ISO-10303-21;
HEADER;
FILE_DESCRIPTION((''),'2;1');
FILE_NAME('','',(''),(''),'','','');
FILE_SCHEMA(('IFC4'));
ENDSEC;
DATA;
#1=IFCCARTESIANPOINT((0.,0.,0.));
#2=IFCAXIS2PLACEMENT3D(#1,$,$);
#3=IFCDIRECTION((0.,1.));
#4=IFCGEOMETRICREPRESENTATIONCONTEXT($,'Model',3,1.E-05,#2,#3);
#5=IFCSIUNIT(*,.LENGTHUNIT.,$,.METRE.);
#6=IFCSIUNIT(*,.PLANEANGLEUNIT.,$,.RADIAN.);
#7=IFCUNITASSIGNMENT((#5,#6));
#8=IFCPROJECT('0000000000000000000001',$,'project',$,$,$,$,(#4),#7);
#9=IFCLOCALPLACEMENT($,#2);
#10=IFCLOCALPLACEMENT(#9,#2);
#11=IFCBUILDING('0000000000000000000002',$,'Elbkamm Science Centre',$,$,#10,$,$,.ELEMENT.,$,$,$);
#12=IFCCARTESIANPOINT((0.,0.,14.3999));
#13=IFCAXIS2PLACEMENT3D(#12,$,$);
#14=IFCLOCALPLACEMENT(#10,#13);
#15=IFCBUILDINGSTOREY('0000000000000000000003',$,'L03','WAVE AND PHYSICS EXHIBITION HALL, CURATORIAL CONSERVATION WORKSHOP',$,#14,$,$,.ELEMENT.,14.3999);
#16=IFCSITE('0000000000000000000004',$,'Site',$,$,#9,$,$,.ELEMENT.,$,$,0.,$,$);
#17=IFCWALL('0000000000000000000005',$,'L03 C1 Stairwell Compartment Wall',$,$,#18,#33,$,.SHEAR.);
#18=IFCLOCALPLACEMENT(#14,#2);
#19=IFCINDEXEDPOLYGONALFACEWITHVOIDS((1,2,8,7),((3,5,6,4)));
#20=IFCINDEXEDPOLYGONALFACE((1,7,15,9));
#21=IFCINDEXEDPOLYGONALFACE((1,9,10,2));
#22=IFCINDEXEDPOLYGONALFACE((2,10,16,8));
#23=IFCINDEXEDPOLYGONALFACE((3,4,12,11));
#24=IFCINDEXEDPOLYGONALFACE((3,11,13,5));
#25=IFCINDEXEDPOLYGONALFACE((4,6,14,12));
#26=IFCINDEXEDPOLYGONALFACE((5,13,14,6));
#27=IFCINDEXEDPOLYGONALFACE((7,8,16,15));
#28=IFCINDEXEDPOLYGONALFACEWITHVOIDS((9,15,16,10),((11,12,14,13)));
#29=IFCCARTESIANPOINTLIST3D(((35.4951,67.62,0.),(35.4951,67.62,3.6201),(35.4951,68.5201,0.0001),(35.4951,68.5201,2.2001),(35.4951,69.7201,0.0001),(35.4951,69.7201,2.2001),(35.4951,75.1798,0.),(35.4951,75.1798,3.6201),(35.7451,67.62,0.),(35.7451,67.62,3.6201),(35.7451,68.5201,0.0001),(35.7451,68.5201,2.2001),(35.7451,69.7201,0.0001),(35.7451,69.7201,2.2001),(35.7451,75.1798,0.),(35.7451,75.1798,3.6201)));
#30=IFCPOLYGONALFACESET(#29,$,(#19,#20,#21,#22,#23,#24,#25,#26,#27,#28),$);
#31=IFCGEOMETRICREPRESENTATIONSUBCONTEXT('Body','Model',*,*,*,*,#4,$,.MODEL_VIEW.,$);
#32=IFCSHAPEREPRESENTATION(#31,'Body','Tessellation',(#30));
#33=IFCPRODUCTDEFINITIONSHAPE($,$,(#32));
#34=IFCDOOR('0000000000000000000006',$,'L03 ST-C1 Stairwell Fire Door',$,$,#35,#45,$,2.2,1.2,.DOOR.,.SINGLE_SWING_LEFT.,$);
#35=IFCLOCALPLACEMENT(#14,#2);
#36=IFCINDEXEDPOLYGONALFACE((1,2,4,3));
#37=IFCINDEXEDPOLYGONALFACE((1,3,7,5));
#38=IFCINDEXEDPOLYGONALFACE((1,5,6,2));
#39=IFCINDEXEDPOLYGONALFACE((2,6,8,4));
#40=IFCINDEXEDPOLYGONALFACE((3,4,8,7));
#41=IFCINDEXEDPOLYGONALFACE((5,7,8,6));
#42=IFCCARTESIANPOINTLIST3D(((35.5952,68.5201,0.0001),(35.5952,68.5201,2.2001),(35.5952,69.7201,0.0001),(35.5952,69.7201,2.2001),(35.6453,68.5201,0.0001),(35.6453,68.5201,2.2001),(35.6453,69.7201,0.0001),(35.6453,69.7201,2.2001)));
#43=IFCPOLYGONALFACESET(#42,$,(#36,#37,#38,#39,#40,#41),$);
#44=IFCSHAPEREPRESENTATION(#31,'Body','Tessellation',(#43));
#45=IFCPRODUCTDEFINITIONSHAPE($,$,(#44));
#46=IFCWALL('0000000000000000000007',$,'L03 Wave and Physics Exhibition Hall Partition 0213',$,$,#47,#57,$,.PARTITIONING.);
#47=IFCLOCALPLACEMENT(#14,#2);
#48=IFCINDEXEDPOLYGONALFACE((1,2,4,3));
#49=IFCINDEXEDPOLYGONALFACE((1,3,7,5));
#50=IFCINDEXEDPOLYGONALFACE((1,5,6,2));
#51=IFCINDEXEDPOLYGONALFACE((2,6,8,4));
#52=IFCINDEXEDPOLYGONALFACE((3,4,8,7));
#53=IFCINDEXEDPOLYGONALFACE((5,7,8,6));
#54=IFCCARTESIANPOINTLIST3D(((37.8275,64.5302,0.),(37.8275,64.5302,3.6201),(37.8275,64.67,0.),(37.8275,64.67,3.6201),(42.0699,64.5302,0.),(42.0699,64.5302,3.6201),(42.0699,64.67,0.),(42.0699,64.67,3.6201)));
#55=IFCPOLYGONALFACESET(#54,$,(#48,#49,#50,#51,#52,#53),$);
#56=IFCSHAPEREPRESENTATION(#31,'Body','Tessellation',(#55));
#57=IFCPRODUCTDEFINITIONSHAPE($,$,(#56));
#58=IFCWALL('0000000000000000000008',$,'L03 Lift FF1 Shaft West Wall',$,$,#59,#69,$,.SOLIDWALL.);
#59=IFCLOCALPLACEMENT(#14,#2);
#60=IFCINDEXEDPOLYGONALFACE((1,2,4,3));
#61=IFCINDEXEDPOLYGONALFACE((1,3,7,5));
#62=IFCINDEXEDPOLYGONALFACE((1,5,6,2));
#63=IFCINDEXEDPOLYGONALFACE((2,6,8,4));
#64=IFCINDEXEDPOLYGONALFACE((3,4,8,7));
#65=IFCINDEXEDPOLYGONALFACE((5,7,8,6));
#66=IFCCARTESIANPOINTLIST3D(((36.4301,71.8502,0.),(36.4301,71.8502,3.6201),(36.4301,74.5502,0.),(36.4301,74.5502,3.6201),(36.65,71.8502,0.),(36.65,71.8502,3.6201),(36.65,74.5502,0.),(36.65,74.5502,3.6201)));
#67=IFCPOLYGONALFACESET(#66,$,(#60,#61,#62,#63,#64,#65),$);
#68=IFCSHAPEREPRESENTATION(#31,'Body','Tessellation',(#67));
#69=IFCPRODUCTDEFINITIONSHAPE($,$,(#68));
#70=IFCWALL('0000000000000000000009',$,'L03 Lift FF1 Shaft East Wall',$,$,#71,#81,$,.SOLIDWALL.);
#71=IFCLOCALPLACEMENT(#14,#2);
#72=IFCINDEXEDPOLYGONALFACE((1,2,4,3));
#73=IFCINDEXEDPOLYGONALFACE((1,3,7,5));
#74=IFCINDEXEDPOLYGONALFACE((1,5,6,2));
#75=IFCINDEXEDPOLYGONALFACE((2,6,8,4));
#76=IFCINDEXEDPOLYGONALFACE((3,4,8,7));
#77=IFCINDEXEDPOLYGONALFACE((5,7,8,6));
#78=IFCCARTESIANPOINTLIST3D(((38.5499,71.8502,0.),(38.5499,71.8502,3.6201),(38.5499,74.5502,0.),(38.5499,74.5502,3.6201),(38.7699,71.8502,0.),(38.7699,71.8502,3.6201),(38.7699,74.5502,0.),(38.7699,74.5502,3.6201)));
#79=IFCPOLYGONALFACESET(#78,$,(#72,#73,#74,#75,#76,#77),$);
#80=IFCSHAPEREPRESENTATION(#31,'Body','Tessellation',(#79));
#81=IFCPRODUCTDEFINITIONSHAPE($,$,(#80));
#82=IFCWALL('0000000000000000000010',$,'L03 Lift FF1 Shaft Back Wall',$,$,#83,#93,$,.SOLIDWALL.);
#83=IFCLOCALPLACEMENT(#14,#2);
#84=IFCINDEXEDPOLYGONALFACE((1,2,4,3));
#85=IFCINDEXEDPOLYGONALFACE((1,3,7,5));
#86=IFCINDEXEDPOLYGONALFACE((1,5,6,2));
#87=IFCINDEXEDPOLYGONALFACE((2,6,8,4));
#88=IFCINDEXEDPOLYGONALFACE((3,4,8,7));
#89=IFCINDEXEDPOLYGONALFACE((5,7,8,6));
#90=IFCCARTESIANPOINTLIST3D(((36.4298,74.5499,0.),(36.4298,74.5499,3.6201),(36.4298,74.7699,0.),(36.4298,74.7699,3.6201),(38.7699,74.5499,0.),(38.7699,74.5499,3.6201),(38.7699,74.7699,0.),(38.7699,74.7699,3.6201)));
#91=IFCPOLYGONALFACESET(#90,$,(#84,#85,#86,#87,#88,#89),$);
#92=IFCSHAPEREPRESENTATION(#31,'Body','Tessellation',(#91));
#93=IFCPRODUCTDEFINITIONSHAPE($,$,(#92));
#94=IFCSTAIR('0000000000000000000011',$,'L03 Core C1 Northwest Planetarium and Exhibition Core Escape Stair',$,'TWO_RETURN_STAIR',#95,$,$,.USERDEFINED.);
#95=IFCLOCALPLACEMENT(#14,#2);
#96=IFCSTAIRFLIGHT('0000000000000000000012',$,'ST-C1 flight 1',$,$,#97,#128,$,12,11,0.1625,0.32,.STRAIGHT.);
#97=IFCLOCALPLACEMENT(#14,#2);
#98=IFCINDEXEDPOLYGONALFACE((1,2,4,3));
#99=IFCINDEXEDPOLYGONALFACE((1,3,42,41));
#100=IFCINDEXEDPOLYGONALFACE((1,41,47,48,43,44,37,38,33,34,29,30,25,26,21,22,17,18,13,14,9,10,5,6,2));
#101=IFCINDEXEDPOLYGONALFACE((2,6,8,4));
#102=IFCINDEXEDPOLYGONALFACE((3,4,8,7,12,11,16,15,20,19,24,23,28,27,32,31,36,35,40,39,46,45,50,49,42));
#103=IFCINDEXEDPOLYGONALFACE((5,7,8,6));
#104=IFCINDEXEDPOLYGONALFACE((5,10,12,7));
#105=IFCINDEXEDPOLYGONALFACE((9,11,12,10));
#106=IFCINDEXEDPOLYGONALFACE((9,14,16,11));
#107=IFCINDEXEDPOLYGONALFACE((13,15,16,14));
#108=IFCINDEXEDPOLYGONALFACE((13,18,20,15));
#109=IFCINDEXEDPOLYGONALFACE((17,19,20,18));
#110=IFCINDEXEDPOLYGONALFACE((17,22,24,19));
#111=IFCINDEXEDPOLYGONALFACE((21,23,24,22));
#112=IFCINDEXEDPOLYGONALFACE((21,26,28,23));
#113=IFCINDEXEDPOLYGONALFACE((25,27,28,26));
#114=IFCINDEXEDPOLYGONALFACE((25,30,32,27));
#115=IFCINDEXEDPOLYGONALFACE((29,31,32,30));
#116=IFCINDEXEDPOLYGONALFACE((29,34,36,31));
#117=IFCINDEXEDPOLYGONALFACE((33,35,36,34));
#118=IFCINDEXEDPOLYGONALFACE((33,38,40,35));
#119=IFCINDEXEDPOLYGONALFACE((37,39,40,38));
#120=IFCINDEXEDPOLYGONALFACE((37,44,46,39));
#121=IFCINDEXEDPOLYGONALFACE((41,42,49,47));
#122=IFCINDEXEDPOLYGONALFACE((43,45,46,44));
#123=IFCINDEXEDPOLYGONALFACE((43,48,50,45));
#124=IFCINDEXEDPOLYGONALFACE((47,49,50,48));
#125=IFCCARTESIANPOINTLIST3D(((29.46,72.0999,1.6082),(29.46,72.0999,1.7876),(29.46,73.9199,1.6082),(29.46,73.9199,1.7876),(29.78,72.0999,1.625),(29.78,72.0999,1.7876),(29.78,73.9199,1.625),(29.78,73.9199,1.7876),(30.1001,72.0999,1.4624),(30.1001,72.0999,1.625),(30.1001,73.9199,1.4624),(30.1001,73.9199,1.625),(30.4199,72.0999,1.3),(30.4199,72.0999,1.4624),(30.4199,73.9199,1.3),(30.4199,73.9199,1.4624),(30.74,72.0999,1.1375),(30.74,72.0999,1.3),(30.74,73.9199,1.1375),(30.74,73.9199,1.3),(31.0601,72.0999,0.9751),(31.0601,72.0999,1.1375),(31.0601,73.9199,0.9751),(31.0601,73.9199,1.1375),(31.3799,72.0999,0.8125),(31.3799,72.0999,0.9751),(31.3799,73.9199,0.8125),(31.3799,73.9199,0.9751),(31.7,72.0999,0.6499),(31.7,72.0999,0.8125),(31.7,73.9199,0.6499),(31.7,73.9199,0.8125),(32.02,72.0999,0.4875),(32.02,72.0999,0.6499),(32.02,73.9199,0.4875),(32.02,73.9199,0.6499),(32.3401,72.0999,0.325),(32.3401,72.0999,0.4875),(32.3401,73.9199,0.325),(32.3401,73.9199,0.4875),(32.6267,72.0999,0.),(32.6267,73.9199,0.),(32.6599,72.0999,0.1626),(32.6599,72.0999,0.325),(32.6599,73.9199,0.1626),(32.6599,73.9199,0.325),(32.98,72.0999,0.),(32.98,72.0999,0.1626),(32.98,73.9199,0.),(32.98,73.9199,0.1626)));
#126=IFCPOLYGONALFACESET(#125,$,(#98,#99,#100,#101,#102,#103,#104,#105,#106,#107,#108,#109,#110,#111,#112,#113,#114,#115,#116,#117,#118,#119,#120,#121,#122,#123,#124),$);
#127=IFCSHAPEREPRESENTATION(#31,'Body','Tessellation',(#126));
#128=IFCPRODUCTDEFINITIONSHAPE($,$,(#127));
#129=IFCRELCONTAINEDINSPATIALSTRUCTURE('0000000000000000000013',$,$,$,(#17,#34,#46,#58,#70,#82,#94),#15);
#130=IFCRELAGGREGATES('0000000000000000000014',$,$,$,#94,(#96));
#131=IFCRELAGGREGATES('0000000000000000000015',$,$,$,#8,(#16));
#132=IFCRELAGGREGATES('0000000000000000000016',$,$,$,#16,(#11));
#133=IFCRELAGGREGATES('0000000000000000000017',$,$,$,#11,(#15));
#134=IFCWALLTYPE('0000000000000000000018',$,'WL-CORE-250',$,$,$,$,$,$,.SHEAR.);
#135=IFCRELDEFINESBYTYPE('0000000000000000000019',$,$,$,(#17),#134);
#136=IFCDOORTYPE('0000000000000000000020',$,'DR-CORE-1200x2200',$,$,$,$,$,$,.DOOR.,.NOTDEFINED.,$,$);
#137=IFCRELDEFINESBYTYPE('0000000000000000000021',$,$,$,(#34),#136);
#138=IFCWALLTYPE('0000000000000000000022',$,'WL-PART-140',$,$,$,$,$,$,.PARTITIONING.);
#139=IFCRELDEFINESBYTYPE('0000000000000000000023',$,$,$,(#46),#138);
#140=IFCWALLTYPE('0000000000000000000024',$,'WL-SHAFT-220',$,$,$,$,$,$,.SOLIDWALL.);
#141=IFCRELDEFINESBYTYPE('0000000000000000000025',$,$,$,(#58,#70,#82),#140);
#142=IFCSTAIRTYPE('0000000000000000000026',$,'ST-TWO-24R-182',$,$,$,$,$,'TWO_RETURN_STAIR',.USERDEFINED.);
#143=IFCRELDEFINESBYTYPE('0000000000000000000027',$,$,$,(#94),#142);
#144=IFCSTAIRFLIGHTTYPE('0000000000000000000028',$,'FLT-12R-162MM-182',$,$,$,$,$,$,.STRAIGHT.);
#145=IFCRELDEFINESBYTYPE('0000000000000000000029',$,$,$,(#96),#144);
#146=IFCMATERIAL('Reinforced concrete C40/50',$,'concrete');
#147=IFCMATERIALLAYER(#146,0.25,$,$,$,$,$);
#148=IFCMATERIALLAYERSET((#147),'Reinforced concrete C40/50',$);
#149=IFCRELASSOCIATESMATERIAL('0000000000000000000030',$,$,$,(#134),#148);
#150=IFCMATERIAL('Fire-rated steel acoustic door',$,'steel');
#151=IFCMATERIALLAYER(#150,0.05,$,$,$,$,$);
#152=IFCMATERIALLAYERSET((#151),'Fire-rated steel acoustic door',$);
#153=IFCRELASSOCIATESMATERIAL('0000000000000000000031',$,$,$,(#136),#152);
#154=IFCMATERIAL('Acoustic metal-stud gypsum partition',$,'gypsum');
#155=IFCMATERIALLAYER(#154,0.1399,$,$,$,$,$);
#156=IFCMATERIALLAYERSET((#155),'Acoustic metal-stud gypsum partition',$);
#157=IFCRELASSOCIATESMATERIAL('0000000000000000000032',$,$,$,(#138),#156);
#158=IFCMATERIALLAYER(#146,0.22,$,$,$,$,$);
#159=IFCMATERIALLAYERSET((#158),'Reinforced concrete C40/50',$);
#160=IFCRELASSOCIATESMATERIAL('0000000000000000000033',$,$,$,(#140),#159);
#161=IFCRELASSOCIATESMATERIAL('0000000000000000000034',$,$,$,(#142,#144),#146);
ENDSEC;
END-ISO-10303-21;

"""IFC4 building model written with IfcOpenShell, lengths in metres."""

from ifc_helpers import new_model, si_unit, direction, frame, frame_2d, origin, place, context, subcontext, project, spatial, polyline, rectangle, outline, extrude, material, layer, layer_set, type_object, element, fill, aggregate, save


model = new_model("IFC4")

# Units and contexts
model_context = context("Model", 3, precision=1e-05, world=origin(), true_north=direction((0.0, 1.0)))
body_context = subcontext(model_context, "Body", "Model", "MODEL_VIEW")
ifc_project = project(units=[si_unit("LENGTHUNIT", "METRE"), si_unit("PLANEANGLEUNIT", "RADIAN")], contexts=[model_context])

# Site, building, storey
site_placement = place(None, origin())
site = spatial("IfcSite", under=ifc_project, at=site_placement, Name="Site", CompositionType="ELEMENT", RefElevation=0.0)
building_placement = place(site_placement, origin())
building = spatial("IfcBuilding", under=site, at=building_placement, Name="Elbkamm Science Centre", CompositionType="ELEMENT")
storey_placement = place(building_placement, frame((0.0, 0.0, 14.3999)))
storey = spatial("IfcBuildingStorey", under=building, at=storey_placement, Name="L03", Description="WAVE AND PHYSICS EXHIBITION HALL, CURATORIAL CONSERVATION WORKSHOP", CompositionType="ELEMENT", Elevation=14.3999)

# Wall, opening, door
ifc_material_1 = material(Name="Reinforced concrete C40/50", Category="concrete")
ifc_layer_1 = layer(ifc_material_1, 0.25)
ifc_layer_set_1 = layer_set([ifc_layer_1], Name="Reinforced concrete C40/50")
wall_type_1 = type_object("IfcWallType", Name="WL-CORE-250", PredefinedType="SHEAR", material=ifc_layer_set_1)
wall_1_placement = place(storey_placement, frame((35.6201, 67.6201, 0.0), z_axis=(0.0, 0.0, 1.0), x_axis=(0.0, 1.0, 0.0)))
wall_1 = element("IfcWall", 1, at=wall_1_placement, inside=storey, type_object=wall_type_1, Name="L03 C1 Stairwell Compartment Wall", PredefinedType="SHEAR", context=body_context, shape_type="SweptSolid", body=[
    extrude(rectangle(XDim=7.5598, YDim=0.25, at=frame_2d((3.7798, 0.0))), origin(), (0.0, 0.0, 1.0), 3.6201),
])
opening_1_placement = place(wall_1_placement, frame((0.8999, 0.0, 0.0)))
opening_1 = element("IfcOpeningElement", 2, at=opening_1_placement, cuts=wall_1, PredefinedType="OPENING", context=body_context, shape_type="SweptSolid", body=[
    extrude(rectangle(XDim=1.2, YDim=2.2, at=frame_2d((0.6001, 1.1001))), frame((0.0, 0.137, 0.0), z_axis=(0.0, -1.0, 0.0), x_axis=(1.0, 0.0, 0.0)), (0.0, 0.0, 1.0), 0.2739),
])
ifc_material_2 = material(Name="Fire-rated steel acoustic door", Category="steel")
ifc_layer_2 = layer(ifc_material_2, 0.05)
ifc_layer_set_2 = layer_set([ifc_layer_2], Name="Fire-rated steel acoustic door")
door_type_1 = type_object("IfcDoorType", Name="DR-CORE-1200x2200", OperationType="NOTDEFINED", PredefinedType="DOOR", material=ifc_layer_set_2)
door_1_placement = place(opening_1_placement, origin())
door_1 = element("IfcDoor", 3, at=door_1_placement, inside=storey, type_object=door_type_1, Name="L03 ST-C1 Stairwell Fire Door", OperationType="SINGLE_SWING_LEFT", OverallHeight=2.2, OverallWidth=1.2, PredefinedType="DOOR", context=body_context, shape_type="SweptSolid", body=[
    extrude(rectangle(XDim=1.2, YDim=2.2, at=frame_2d((0.6001, 1.1001))), frame((0.0, 0.0249, 0.0), z_axis=(0.0, -1.0, 0.0), x_axis=(1.0, 0.0, 0.0)), (0.0, 0.0, 1.0), 0.05),
])
fill(opening_1, door_1)

# Walls
ifc_material_3 = material(Name="Acoustic metal-stud gypsum partition", Category="gypsum")
ifc_layer_3 = layer(ifc_material_3, 0.1399)
ifc_layer_set_3 = layer_set([ifc_layer_3], Name="Acoustic metal-stud gypsum partition")
wall_type_2 = type_object("IfcWallType", Name="WL-PART-140", PredefinedType="PARTITIONING", material=ifc_layer_set_3)
wall_2_placement = place(storey_placement, frame((37.8276, 64.6001, 0.0), z_axis=(0.0, 0.0, 1.0), x_axis=(1.0, 0.0, 0.0)))
element("IfcWall", 4, at=wall_2_placement, inside=storey, type_object=wall_type_2, Name="L03 Wave and Physics Exhibition Hall Partition 0213", PredefinedType="PARTITIONING", context=body_context, shape_type="SweptSolid", body=[
    extrude(rectangle(XDim=4.2424, YDim=0.1399, at=frame_2d((2.1211, 0.0))), origin(), (0.0, 0.0, 1.0), 3.6201),
])
ifc_layer_4 = layer(ifc_material_1, 0.22)
ifc_layer_set_4 = layer_set([ifc_layer_4], Name="Reinforced concrete C40/50")
wall_type_3 = type_object("IfcWallType", Name="WL-SHAFT-220", PredefinedType="SOLIDWALL", material=ifc_layer_set_4)
for number, where, z_axis, x_axis, name in (
    (5, (36.54, 71.8501, 0.0), (0.0, 0.0, 1.0), (0.0, 1.0, 0.0), "L03 Lift FF1 Shaft West Wall"),
    (6, (38.6599, 71.8501, 0.0), (0.0, 0.0, 1.0), (0.0, 1.0, 0.0), "L03 Lift FF1 Shaft East Wall"),
):
    element("IfcWall", number, at=place(storey_placement, frame(where, z_axis=z_axis, x_axis=x_axis)), inside=storey, type_object=wall_type_3, Name=name, PredefinedType="SOLIDWALL", context=body_context, shape_type="SweptSolid", body=[
        extrude(rectangle(XDim=2.7, YDim=0.22, at=frame_2d((1.3501, 0.0))), origin(), (0.0, 0.0, 1.0), 3.6201),
    ])
wall_3_placement = place(storey_placement, frame((36.4299, 74.6599, 0.0), z_axis=(0.0, 0.0, 1.0), x_axis=(1.0, 0.0, 0.0)))
element("IfcWall", 7, at=wall_3_placement, inside=storey, type_object=wall_type_3, Name="L03 Lift FF1 Shaft Back Wall", PredefinedType="SOLIDWALL", context=body_context, shape_type="SweptSolid", body=[
    extrude(rectangle(XDim=2.3401, YDim=0.22, at=frame_2d((1.1699, 0.0))), origin(), (0.0, 0.0, 1.0), 3.6201),
])

# Stair, stair flight
stair_type = type_object("IfcStairType", Name="ST-TWO-24R-182", ElementType="TWO_RETURN_STAIR", PredefinedType="USERDEFINED", material=ifc_material_1)
stair_placement = place(storey_placement, origin())
stair = element("IfcStair", 8, at=stair_placement, inside=storey, type_object=stair_type, Name="L03 Core C1 Northwest Planetarium and Exhibition Core Escape Stair", ObjectType="TWO_RETURN_STAIR", PredefinedType="USERDEFINED")
stair_flight_type = type_object("IfcStairFlightType", Name="FLT-12R-162MM-182", PredefinedType="STRAIGHT", material=ifc_material_1)
stair_flight_placement = place(storey_placement, frame((32.98, 73.01, 0.0), z_axis=(0.0, 0.0, 1.0), x_axis=(-1.0, 0.0, 0.0)))
stair_flight = element("IfcStairFlight", 9, at=stair_flight_placement, type_object=stair_flight_type, Name="ST-C1 flight 1", NumberOfRisers=12, NumberOfTreads=11, PredefinedType="STRAIGHT", RiserHeight=0.1625, TreadLength=0.32, context=body_context, shape_type="SweptSolid", body=[
    extrude(outline(polyline([(0.0, 0.0), (0.0, 0.1626), (0.3201, 0.1626), (0.3201, 0.325), (0.6399, 0.325), (0.6399, 0.4875), (0.96, 0.4875), (0.96, 0.6499), (1.28, 0.6499), (1.28, 0.8125), (1.6001, 0.8125), (1.6001, 0.9751), (1.9199, 0.9751), (1.9199, 1.1375), (2.24, 1.1375), (2.24, 1.3), (2.5601, 1.3), (2.5601, 1.4624), (2.8799, 1.4624), (2.8799, 1.625), (3.2, 1.625), (3.2, 1.7876), (3.52, 1.7876), (3.52, 1.95), (3.52, 1.6082), (0.3533, 0.0), (0.0, 0.0)])), frame((0.0, 0.9102, 0.0), z_axis=(0.0, -1.0, 0.0), x_axis=(1.0, 0.0, 0.0)), (0.0, 0.0, 1.0), 1.8201),
])
aggregate(stair, [stair_flight])

save(model, "model.ifc")
